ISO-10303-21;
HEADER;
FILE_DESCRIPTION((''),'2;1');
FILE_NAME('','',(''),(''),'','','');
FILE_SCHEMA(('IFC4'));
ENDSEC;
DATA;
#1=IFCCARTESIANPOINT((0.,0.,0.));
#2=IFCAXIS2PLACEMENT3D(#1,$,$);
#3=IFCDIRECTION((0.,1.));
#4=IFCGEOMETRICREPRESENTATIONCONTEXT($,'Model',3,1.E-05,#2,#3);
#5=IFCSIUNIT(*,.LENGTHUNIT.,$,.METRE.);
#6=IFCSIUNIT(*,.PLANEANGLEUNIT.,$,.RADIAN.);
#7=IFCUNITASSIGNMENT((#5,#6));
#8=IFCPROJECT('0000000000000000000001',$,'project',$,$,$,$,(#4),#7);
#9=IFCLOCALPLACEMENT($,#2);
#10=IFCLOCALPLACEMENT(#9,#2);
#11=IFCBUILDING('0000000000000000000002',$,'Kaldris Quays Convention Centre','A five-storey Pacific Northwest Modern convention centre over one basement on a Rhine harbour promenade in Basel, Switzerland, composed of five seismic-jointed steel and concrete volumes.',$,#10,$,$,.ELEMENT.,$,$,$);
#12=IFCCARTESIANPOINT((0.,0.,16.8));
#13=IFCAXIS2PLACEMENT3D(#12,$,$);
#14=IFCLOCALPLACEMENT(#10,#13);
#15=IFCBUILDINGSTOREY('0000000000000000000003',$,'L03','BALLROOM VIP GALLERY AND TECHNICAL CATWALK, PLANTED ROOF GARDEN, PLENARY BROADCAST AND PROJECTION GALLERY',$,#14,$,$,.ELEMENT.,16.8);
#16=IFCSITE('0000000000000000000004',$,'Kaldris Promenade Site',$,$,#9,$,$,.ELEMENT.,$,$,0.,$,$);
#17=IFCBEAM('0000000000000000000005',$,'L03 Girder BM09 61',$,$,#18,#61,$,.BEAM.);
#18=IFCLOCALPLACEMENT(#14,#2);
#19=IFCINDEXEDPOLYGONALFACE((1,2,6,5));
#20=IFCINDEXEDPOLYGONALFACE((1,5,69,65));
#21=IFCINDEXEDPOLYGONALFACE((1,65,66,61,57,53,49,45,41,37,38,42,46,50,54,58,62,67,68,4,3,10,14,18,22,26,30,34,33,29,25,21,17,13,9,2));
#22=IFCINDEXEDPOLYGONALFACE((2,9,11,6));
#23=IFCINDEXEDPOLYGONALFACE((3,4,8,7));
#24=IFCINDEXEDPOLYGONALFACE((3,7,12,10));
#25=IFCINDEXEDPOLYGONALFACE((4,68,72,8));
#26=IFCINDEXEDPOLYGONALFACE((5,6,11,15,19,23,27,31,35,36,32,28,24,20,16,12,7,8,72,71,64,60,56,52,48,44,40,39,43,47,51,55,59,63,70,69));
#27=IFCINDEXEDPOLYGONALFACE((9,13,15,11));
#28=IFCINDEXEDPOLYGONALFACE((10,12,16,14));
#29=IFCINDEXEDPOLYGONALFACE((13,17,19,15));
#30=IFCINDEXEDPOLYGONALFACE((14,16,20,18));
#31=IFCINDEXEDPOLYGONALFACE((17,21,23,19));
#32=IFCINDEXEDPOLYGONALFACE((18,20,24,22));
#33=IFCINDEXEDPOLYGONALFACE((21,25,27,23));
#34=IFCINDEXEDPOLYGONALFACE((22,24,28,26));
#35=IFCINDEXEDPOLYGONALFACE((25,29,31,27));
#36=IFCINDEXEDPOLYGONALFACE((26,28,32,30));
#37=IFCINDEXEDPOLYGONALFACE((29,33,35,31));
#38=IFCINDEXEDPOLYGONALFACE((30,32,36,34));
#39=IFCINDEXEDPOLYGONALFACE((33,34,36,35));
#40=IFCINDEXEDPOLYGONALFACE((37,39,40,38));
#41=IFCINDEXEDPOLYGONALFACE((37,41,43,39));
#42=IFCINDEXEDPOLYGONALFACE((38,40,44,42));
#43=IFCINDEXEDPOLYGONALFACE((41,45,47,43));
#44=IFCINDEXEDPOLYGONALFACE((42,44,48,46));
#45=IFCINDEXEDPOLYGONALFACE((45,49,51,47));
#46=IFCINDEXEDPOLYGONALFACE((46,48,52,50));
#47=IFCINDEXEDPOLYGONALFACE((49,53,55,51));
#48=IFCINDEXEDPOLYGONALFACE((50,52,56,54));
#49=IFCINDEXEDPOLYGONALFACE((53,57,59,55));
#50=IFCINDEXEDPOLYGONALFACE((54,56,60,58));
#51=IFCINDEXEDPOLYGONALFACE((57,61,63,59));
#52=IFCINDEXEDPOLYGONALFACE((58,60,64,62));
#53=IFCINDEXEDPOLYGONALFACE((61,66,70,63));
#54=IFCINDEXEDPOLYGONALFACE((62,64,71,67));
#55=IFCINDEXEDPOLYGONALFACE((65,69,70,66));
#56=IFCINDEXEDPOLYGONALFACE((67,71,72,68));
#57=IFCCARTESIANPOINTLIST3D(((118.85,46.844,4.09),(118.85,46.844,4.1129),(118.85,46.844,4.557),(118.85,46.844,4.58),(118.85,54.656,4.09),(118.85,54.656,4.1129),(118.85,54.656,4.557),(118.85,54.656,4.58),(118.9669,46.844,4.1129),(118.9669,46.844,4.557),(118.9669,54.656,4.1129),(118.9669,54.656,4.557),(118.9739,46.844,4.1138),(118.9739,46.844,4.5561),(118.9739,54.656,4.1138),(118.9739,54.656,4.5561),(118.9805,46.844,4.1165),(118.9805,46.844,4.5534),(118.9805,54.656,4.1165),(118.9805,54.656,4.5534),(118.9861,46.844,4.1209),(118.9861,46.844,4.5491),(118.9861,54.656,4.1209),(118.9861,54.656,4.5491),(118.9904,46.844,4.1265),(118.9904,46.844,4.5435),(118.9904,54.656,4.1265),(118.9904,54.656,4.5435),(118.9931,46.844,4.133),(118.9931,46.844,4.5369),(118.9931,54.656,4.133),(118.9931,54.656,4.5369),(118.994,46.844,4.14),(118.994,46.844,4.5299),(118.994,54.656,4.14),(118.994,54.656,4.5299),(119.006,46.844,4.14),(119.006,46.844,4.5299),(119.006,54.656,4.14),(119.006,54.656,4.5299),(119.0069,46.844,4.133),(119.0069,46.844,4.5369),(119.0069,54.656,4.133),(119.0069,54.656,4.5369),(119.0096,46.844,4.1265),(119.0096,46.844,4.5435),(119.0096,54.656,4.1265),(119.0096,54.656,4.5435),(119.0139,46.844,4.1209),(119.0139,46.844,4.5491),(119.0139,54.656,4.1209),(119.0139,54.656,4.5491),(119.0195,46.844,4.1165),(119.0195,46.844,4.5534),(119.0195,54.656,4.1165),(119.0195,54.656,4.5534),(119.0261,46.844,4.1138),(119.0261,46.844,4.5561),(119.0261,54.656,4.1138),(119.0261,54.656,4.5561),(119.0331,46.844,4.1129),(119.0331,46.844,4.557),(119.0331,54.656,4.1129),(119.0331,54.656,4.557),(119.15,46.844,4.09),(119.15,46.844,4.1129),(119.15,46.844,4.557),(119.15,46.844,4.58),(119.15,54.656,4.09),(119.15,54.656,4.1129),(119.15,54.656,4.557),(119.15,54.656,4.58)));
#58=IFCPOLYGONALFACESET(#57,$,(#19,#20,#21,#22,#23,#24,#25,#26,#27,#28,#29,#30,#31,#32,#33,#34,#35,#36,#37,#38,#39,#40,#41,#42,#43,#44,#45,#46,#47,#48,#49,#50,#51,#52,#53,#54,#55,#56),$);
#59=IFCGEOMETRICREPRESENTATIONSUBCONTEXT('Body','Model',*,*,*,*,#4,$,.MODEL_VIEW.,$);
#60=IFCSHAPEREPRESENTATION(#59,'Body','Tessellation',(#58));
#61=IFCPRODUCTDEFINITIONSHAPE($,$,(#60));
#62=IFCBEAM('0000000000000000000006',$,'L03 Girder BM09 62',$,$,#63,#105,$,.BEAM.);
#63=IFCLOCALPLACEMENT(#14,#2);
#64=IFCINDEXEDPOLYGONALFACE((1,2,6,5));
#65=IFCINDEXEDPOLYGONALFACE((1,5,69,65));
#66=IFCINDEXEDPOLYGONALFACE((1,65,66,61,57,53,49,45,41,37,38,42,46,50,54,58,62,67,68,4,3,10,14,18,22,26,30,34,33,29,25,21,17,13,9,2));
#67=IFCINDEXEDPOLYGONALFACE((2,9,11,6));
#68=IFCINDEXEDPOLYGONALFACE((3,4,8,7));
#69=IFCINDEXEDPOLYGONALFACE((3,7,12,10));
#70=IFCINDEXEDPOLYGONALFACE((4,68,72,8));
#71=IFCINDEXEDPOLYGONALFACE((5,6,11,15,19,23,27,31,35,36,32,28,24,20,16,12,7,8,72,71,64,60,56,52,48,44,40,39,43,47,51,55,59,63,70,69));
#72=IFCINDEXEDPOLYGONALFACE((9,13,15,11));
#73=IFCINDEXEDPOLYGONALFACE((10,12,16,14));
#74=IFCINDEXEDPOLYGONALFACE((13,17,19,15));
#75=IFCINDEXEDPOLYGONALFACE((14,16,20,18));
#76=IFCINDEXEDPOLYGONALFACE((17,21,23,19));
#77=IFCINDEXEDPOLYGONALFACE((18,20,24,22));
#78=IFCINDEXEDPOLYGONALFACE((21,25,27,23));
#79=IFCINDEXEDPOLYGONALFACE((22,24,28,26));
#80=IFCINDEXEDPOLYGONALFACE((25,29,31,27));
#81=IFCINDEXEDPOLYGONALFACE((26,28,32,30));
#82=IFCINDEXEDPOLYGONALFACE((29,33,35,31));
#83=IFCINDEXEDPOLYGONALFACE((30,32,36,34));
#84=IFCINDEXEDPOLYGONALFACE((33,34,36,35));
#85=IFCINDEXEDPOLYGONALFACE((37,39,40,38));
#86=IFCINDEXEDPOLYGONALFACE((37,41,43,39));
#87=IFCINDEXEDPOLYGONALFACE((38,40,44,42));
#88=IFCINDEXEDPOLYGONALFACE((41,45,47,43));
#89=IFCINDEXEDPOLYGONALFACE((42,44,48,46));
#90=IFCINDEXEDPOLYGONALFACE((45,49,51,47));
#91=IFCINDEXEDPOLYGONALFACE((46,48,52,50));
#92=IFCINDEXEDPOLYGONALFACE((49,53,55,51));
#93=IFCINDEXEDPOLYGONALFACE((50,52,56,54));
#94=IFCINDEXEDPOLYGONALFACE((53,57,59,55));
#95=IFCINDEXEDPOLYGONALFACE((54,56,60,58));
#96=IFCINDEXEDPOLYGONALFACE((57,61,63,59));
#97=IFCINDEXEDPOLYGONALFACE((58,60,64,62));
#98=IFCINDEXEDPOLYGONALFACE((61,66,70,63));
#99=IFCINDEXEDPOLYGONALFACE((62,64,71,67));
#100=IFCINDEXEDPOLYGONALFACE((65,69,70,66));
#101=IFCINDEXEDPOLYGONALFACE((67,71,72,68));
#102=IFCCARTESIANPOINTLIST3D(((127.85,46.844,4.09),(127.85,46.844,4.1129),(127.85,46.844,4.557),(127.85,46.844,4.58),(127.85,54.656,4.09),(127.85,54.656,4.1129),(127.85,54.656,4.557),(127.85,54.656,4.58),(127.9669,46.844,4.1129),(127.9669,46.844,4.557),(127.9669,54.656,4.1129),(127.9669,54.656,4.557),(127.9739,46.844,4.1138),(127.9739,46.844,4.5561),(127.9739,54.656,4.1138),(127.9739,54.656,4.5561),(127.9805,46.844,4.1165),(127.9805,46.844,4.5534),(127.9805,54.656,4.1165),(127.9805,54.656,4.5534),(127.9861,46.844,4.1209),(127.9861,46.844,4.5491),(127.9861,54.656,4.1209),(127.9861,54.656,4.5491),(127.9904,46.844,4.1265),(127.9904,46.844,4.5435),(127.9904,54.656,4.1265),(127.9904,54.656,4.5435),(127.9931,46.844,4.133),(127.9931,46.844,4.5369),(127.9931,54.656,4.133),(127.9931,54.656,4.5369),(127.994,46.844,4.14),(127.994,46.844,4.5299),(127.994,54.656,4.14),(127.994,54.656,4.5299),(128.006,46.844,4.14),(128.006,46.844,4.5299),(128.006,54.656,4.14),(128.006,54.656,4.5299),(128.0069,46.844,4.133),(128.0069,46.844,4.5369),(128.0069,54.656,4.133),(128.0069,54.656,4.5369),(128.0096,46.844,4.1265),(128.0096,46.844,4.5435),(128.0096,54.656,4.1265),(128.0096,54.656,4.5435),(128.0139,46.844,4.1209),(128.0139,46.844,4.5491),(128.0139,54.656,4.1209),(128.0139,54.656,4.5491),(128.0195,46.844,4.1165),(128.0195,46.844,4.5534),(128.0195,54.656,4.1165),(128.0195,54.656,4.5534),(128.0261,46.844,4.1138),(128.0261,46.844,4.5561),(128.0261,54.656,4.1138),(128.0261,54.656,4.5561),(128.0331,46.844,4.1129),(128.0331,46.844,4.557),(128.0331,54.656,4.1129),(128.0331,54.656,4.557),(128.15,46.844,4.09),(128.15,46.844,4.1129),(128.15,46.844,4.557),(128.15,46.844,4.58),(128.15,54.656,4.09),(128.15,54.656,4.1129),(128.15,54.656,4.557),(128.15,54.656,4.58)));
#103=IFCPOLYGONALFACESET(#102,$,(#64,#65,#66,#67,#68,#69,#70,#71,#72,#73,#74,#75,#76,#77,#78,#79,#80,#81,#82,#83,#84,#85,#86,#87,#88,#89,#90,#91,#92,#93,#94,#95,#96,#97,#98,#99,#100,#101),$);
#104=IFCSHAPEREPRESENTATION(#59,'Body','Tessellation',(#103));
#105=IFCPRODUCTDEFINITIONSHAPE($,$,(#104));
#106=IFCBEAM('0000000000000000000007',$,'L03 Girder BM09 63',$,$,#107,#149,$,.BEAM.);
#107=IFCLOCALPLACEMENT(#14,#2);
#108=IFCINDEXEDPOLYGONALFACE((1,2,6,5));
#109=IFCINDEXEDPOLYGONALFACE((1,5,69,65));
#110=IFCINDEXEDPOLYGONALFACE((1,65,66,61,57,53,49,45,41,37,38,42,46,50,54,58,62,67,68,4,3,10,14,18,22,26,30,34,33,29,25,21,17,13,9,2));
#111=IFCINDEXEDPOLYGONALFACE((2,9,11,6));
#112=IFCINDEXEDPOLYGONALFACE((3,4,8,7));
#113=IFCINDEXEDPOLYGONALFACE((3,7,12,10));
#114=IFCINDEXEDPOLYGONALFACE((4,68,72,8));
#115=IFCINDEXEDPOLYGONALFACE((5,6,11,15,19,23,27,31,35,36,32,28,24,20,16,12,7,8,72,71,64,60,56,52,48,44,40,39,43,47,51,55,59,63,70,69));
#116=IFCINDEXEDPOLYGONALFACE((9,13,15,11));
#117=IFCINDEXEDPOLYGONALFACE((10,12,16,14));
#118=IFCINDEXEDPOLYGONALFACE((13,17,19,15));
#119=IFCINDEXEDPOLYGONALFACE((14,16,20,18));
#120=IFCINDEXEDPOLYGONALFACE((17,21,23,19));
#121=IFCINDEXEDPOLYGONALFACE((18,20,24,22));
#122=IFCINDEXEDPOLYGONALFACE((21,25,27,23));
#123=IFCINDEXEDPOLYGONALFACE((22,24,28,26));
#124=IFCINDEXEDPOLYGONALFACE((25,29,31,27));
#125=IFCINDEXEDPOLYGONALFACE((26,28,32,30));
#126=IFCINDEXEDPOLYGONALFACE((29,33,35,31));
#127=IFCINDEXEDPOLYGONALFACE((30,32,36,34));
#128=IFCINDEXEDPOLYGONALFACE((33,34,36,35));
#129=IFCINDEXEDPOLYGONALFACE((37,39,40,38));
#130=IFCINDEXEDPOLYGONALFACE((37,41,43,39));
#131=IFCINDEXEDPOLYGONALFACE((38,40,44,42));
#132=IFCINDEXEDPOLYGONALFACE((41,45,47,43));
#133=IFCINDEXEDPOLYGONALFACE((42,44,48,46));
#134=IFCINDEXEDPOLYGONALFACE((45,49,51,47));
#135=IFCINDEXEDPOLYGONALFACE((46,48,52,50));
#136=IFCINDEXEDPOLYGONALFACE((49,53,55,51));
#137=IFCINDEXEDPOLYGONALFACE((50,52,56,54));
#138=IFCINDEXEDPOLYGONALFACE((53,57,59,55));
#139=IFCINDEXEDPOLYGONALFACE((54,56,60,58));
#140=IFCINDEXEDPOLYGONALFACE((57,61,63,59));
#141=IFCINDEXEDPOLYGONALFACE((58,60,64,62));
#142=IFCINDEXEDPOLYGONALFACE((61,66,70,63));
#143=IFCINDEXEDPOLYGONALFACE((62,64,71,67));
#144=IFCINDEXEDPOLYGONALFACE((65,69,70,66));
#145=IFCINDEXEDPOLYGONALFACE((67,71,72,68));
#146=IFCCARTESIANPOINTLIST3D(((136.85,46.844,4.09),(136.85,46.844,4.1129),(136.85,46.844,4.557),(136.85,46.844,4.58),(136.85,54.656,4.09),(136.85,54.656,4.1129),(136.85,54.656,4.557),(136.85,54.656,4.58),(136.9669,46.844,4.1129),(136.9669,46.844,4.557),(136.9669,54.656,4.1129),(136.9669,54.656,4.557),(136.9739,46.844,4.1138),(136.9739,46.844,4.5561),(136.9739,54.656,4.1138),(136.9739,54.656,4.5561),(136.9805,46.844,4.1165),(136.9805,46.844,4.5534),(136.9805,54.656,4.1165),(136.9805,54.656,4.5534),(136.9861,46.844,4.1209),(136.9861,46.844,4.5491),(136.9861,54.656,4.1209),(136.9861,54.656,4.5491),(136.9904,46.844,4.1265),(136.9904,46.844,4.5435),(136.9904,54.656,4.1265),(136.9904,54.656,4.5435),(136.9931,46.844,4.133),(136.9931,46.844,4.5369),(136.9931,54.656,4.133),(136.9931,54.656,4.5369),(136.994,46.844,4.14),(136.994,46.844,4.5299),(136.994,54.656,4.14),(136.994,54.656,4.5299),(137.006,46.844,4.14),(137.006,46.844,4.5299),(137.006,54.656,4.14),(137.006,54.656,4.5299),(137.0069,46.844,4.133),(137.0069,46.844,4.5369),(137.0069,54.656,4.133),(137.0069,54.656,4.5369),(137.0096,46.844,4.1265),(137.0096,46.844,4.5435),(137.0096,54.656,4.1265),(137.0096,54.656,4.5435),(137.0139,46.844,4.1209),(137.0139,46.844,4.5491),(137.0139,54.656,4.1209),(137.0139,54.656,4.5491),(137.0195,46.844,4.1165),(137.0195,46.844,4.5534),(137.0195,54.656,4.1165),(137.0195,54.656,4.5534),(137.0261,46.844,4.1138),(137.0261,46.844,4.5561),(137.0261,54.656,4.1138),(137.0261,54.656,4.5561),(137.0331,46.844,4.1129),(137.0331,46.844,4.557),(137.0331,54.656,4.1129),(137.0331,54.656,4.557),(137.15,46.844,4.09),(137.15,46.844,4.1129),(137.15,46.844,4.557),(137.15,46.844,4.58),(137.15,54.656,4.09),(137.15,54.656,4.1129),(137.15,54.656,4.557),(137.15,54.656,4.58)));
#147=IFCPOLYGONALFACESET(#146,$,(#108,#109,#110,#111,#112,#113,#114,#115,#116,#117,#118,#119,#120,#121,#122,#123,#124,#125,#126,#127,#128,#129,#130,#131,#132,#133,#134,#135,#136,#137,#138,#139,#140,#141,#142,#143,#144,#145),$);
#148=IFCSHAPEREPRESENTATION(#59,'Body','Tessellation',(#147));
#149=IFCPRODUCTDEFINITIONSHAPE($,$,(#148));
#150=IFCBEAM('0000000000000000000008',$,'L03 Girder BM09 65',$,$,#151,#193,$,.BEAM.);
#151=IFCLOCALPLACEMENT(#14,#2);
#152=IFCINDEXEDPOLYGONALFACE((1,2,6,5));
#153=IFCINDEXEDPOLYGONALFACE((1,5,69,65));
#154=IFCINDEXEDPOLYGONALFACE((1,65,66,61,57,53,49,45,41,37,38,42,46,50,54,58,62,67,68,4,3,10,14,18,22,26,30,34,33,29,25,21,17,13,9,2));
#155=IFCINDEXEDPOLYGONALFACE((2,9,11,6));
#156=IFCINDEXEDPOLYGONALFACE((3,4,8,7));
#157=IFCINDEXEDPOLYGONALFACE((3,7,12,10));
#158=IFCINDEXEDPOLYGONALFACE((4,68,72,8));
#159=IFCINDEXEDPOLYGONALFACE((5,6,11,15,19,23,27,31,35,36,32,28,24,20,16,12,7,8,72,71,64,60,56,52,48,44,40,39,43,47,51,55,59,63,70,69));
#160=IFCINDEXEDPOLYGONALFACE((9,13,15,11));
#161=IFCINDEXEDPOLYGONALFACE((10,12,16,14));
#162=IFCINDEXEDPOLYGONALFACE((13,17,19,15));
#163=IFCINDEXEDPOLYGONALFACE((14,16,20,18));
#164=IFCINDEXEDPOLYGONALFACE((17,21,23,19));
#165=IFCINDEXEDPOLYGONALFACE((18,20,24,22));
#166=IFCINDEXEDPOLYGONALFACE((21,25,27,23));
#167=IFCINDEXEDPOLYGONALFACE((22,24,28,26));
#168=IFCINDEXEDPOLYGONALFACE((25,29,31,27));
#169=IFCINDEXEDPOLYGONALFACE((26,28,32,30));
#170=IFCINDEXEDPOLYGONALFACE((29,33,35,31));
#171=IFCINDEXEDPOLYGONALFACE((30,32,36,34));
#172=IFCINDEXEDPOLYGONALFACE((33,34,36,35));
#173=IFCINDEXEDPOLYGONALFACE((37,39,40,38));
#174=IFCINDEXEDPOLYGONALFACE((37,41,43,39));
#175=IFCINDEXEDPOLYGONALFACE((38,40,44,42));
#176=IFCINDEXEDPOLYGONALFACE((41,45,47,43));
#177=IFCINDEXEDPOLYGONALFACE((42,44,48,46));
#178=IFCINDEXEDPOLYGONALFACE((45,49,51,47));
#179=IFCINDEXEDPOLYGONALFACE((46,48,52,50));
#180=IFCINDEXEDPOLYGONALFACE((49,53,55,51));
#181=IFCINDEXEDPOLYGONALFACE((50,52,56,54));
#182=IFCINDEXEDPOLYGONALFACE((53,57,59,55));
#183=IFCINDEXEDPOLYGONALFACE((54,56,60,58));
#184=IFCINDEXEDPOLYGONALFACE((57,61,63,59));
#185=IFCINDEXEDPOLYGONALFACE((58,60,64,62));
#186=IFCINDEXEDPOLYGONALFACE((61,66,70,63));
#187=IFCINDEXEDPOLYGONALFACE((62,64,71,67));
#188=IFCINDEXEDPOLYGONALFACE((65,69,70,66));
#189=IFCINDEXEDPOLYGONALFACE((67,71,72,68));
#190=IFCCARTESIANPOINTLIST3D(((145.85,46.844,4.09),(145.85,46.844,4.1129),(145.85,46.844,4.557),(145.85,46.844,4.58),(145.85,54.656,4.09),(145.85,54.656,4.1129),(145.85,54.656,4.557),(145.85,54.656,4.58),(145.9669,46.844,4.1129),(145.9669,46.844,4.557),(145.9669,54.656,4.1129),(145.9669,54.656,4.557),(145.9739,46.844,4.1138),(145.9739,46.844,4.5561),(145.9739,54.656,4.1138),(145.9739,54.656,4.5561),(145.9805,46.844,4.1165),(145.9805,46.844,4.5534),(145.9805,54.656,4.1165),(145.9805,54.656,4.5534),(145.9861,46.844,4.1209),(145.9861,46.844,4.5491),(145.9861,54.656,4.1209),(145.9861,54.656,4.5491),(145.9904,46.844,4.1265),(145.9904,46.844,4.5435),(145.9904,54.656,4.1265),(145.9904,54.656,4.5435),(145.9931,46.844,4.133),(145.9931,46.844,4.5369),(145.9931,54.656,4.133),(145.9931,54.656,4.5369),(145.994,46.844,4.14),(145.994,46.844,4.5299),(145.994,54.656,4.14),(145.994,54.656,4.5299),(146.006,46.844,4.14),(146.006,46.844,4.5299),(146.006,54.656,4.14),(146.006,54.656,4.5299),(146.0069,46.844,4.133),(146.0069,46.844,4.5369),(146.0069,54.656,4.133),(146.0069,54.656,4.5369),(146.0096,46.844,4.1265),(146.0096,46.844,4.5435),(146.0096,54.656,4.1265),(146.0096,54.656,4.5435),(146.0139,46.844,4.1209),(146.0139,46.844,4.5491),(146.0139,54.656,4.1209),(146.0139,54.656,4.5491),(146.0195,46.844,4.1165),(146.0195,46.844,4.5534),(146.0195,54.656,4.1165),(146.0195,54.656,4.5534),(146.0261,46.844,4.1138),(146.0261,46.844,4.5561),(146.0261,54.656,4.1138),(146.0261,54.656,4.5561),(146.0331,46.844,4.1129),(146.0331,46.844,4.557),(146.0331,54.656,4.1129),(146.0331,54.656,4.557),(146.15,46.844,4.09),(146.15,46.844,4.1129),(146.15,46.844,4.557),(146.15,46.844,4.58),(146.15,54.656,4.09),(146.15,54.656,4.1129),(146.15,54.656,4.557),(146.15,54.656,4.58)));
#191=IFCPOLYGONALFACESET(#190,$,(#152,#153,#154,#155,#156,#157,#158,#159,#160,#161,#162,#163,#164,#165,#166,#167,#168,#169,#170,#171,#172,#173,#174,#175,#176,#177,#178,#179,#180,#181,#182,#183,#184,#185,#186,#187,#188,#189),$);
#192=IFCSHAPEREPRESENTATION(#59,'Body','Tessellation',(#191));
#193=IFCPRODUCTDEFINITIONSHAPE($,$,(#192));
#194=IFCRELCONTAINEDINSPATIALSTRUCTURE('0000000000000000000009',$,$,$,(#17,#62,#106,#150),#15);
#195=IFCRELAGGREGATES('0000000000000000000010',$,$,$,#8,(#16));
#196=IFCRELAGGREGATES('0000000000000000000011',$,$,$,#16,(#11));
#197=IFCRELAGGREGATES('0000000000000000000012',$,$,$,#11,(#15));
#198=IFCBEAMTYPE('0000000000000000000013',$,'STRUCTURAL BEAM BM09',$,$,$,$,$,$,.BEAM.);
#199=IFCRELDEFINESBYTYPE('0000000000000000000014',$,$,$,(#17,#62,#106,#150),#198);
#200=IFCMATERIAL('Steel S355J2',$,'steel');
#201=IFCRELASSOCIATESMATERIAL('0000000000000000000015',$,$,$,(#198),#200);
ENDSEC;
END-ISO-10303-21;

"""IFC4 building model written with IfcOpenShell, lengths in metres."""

from ifc_helpers import new_model, si_unit, direction, frame, origin, origin_2d, place, context, subcontext, project, spatial, i_section, extrude, material, material_profile, profile_set, type_object, element, save


model = new_model("IFC4")

# Units and contexts
model_context = context("Model", 3, precision=1e-05, world=origin(), true_north=direction((0.0, 1.0)))
body_context = subcontext(model_context, "Body", "Model", "MODEL_VIEW")
ifc_project = project(units=[si_unit("LENGTHUNIT", "METRE"), si_unit("PLANEANGLEUNIT", "RADIAN")], contexts=[model_context])

# Site, building, storey
site_placement = place(None, origin())
site = spatial("IfcSite", under=ifc_project, at=site_placement, Name="Kaldris Promenade Site", CompositionType="ELEMENT", RefElevation=0.0)
building_placement = place(site_placement, origin())
building = spatial("IfcBuilding", under=site, at=building_placement, Name="Kaldris Quays Convention Centre", Description="A five-storey Pacific Northwest Modern convention centre over one basement on a Rhine harbour promenade in Basel, Switzerland, composed of five seismic-jointed steel and concrete volumes.", CompositionType="ELEMENT")
storey_placement = place(building_placement, frame((0.0, 0.0, 16.8)))
storey = spatial("IfcBuildingStorey", under=building, at=storey_placement, Name="L03", Description="BALLROOM VIP GALLERY AND TECHNICAL CATWALK, PLANTED ROOF GARDEN, PLENARY BROADCAST AND PROJECTION GALLERY", CompositionType="ELEMENT", Elevation=16.8)

# Shared definitions
ifc_material_1 = material(Name="Steel S355J2", Category="steel")

# Beams
ifc_material_profile_1 = material_profile(ifc_material_1, i_section(OverallWidth=0.3, OverallDepth=0.49, WebThickness=0.012, FlangeThickness=0.0229, FilletRadius=0.0271, at=origin_2d()), Name="HEA 500")
ifc_profile_set_1 = profile_set([ifc_material_profile_1], Name="Steel S355J2")
beam_type_1 = type_object("IfcBeamType", Name="STRUCTURAL BEAM BM09", PredefinedType="BEAM", material=ifc_profile_set_1)
for number, where, z_axis, x_axis, name in (
    (1, (119.0, 46.844, 4.335), (0.0, 1.0, 0.0), (-1.0, 0.0, 0.0), "L03 Girder BM09 61"),
    (2, (128.0, 46.844, 4.335), (0.0, 1.0, 0.0), (-1.0, 0.0, 0.0), "L03 Girder BM09 62"),
    (3, (137.0, 46.844, 4.335), (0.0, 1.0, 0.0), (-1.0, 0.0, 0.0), "L03 Girder BM09 63"),
    (4, (146.0, 46.844, 4.335), (0.0, 1.0, 0.0), (-1.0, 0.0, 0.0), "L03 Girder BM09 65"),
):
    element("IfcBeam", number, at=place(storey_placement, frame(where, z_axis=z_axis, x_axis=x_axis)), inside=storey, type_object=beam_type_1, Name=name, PredefinedType="BEAM", context=body_context, shape_type="SweptSolid", body=[
        extrude(i_section(OverallWidth=0.3, OverallDepth=0.49, WebThickness=0.012, FlangeThickness=0.0229, FilletRadius=0.0271, at=origin_2d()), origin(), (0.0, 0.0, 1.0), 7.812),
    ])

save(model, "model.ifc")
